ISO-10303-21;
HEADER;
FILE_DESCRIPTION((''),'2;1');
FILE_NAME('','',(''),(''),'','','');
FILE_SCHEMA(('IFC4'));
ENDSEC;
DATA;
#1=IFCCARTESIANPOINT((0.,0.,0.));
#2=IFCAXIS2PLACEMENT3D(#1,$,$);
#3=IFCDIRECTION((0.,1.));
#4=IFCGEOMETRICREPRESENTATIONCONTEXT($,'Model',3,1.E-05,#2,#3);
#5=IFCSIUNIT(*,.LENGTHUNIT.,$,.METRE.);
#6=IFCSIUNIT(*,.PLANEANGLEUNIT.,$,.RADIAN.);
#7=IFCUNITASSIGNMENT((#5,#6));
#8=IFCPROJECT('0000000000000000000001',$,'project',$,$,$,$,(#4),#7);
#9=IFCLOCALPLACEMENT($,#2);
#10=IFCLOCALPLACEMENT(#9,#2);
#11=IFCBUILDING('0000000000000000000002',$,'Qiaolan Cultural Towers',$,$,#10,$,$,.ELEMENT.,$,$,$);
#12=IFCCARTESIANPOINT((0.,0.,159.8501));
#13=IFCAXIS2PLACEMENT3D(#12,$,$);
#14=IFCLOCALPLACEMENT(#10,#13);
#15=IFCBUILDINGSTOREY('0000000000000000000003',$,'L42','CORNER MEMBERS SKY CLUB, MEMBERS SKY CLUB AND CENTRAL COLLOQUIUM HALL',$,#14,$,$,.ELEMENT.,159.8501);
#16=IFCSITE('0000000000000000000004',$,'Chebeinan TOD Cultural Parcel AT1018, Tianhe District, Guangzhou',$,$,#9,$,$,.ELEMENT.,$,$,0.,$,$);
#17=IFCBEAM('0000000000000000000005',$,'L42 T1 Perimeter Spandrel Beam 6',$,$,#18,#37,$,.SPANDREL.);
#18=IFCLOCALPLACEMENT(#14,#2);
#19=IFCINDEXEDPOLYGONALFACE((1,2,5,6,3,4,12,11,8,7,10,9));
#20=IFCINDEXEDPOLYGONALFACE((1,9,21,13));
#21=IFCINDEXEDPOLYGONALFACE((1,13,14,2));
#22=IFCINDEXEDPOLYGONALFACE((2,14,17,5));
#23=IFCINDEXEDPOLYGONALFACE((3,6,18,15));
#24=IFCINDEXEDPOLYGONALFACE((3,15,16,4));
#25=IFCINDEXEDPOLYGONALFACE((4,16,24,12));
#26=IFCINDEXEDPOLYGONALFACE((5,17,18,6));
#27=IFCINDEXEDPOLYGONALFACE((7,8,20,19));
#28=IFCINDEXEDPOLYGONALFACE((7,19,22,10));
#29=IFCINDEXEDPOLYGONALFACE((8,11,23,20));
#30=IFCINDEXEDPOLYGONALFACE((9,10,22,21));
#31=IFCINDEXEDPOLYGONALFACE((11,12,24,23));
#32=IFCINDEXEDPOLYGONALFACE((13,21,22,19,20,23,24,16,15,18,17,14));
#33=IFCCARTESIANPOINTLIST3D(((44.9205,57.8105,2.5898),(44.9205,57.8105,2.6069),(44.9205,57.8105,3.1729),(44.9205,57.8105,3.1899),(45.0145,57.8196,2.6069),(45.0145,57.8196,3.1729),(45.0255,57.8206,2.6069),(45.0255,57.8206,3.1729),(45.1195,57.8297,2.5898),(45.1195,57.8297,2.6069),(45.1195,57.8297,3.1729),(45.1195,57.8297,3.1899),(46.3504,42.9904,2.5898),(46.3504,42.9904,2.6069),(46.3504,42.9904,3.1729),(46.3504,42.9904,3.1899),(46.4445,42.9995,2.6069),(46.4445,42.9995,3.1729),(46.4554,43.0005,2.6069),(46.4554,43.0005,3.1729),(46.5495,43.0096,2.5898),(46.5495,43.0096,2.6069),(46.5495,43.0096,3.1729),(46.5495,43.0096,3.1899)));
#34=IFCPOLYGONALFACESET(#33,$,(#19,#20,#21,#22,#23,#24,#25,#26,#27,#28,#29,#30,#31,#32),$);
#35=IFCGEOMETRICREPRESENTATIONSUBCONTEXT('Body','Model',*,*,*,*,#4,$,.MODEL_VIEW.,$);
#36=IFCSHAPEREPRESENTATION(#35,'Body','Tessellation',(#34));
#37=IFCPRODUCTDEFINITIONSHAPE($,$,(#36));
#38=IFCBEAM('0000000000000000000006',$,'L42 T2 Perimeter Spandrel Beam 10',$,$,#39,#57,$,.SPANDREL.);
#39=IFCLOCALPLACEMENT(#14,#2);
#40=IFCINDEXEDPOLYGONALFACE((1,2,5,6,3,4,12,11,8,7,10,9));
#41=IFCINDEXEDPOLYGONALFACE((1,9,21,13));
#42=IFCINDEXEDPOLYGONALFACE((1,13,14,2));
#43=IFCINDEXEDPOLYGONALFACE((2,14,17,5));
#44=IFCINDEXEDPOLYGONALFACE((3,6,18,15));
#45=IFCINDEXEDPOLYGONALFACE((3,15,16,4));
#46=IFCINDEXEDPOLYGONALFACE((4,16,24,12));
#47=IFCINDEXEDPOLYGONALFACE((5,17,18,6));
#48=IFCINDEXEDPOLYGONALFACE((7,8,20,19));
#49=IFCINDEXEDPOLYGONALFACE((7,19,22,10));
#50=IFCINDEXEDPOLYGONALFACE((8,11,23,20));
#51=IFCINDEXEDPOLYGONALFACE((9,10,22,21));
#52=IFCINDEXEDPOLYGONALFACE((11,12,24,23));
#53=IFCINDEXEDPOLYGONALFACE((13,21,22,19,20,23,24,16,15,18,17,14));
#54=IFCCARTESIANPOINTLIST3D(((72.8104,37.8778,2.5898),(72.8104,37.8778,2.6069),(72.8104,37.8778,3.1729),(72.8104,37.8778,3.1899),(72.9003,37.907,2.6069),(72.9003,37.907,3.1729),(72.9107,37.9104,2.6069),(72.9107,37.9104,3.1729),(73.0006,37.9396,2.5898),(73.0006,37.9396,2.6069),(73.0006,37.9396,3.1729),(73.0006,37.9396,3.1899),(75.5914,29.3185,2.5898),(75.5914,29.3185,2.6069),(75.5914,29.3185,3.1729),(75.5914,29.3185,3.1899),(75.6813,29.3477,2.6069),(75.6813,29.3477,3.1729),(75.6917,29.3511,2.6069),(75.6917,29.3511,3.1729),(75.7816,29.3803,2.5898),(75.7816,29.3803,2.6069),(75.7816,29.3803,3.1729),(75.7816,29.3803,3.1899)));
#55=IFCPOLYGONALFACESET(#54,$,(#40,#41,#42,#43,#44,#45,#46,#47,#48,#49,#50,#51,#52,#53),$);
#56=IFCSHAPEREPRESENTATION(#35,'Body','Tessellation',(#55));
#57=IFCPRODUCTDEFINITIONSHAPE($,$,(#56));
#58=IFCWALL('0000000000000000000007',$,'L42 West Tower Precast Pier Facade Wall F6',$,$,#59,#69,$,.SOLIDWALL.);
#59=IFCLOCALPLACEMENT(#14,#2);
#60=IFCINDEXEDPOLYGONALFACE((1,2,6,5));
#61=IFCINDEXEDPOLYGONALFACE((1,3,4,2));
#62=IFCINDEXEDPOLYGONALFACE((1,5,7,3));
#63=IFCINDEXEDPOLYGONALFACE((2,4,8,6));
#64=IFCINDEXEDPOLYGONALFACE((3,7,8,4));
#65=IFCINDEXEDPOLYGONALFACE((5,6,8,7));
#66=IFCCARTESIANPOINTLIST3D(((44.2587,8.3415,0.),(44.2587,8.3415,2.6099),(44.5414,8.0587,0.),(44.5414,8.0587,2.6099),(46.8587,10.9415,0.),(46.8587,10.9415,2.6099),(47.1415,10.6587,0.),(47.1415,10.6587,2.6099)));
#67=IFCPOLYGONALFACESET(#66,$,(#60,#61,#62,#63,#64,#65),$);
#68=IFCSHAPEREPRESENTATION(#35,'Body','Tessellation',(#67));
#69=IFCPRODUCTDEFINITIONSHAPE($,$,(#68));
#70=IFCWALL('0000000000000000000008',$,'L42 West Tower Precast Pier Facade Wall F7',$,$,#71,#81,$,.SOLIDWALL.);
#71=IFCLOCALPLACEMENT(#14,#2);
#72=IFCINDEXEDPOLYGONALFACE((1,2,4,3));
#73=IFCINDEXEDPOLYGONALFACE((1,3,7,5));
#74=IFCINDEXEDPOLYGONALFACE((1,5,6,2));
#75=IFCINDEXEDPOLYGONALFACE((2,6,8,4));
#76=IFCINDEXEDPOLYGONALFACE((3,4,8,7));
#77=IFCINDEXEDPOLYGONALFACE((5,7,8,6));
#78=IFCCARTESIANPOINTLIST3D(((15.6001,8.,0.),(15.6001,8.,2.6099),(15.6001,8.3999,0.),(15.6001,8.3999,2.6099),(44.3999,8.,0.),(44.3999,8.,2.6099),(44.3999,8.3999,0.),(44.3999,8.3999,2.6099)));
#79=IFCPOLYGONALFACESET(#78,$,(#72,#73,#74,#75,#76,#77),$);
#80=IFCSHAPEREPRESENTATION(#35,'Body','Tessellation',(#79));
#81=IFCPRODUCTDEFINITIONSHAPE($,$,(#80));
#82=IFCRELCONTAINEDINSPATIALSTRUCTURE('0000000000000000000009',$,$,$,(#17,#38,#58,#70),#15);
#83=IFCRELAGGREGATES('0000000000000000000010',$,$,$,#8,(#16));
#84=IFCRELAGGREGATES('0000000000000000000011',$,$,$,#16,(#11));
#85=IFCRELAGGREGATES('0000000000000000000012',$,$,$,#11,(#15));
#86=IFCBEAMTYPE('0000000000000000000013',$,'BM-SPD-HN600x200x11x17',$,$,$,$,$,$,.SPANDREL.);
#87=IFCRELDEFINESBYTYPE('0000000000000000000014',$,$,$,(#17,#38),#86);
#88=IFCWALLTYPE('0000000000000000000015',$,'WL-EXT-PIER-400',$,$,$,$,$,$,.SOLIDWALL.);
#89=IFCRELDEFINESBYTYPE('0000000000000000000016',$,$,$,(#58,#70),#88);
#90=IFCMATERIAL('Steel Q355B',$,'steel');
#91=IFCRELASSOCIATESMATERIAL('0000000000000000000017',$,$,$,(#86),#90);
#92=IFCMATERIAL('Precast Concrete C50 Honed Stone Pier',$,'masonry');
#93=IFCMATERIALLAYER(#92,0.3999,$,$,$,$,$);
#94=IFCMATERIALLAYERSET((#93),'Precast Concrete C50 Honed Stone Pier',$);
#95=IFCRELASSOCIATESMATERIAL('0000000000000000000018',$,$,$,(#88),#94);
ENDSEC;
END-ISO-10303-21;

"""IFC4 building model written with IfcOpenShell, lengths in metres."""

from ifc_helpers import new_model, si_unit, direction, frame, frame_2d, origin, origin_2d, place, context, subcontext, project, spatial, rectangle, i_section, extrude, material, layer, layer_set, material_profile, profile_set, type_object, element, save


model = new_model("IFC4")

# Units and contexts
model_context = context("Model", 3, precision=1e-05, world=origin(), true_north=direction((0.0, 1.0)))
body_context = subcontext(model_context, "Body", "Model", "MODEL_VIEW")
ifc_project = project(units=[si_unit("LENGTHUNIT", "METRE"), si_unit("PLANEANGLEUNIT", "RADIAN")], contexts=[model_context])

# Site, building, storey
site_placement = place(None, origin())
site = spatial("IfcSite", under=ifc_project, at=site_placement, Name="Chebeinan TOD Cultural Parcel AT1018, Tianhe District, Guangzhou", CompositionType="ELEMENT", RefElevation=0.0)
building_placement = place(site_placement, origin())
building = spatial("IfcBuilding", under=site, at=building_placement, Name="Qiaolan Cultural Towers", CompositionType="ELEMENT")
storey_placement = place(building_placement, frame((0.0, 0.0, 159.8501)))
storey = spatial("IfcBuildingStorey", under=building, at=storey_placement, Name="L42", Description="CORNER MEMBERS SKY CLUB, MEMBERS SKY CLUB AND CENTRAL COLLOQUIUM HALL", CompositionType="ELEMENT", Elevation=159.8501)

# Beams
ifc_material_1 = material(Name="Steel Q355B", Category="steel")
ifc_material_profile_1 = material_profile(ifc_material_1, i_section(OverallWidth=0.2, OverallDepth=0.6001, WebThickness=0.011, FlangeThickness=0.0171, at=origin_2d()), Name="HN600x200x11x17")
ifc_profile_set_1 = profile_set([ifc_material_profile_1], Name="Steel Q355B")
beam_type_1 = type_object("IfcBeamType", Name="BM-SPD-HN600x200x11x17", PredefinedType="SPANDREL", material=ifc_profile_set_1)
beam_1_placement = place(storey_placement, frame((46.45, 43.0, 2.8899), z_axis=(-0.09604, 0.995377, 0.0), x_axis=(-0.995377, -0.09604, 0.0)))
element("IfcBeam", 1, at=beam_1_placement, inside=storey, type_object=beam_type_1, Name="L42 T1 Perimeter Spandrel Beam 6", PredefinedType="SPANDREL", context=body_context, shape_type="SweptSolid", body=[
    extrude(i_section(OverallWidth=0.2, OverallDepth=0.6001, WebThickness=0.011, FlangeThickness=0.0171, at=origin_2d()), origin(), (0.0, 0.0, 1.0), 14.8889),
])
beam_2_placement = place(storey_placement, frame((72.9055, 37.9087, 2.8899), z_axis=(0.309008, -0.951059, 0.0), x_axis=(0.951059, 0.309008, 0.0)))
element("IfcBeam", 2, at=beam_2_placement, inside=storey, type_object=beam_type_1, Name="L42 T2 Perimeter Spandrel Beam 10", PredefinedType="SPANDREL", context=body_context, shape_type="SweptSolid", body=[
    extrude(i_section(OverallWidth=0.2, OverallDepth=0.6001, WebThickness=0.011, FlangeThickness=0.0171, at=origin_2d()), origin(), (0.0, 0.0, 1.0), 8.9998),
])

# Walls
ifc_material_2 = material(Name="Precast Concrete C50 Honed Stone Pier", Category="masonry")
ifc_layer_1 = layer(ifc_material_2, 0.3999)
ifc_layer_set_1 = layer_set([ifc_layer_1], Name="Precast Concrete C50 Honed Stone Pier")
wall_type_1 = type_object("IfcWallType", Name="WL-EXT-PIER-400", PredefinedType="SOLIDWALL", material=ifc_layer_set_1)
wall_1_placement = place(storey_placement, frame((47.0, 10.8, 0.0), z_axis=(0.0, 0.0, 1.0), x_axis=(-0.707107, -0.707107, 0.0)))
element("IfcWall", 3, at=wall_1_placement, inside=storey, type_object=wall_type_1, Name="L42 West Tower Precast Pier Facade Wall F6", PredefinedType="SOLIDWALL", context=body_context, shape_type="SweptSolid", body=[
    extrude(rectangle(XDim=3.677, YDim=0.3999, at=frame_2d((1.8384, 0.0))), origin(), (0.0, 0.0, 1.0), 2.6099),
])
wall_2_placement = place(storey_placement, frame((44.3999, 8.2, 0.0), z_axis=(0.0, 0.0, 1.0), x_axis=(-1.0, 0.0, 0.0)))
element("IfcWall", 4, at=wall_2_placement, inside=storey, type_object=wall_type_1, Name="L42 West Tower Precast Pier Facade Wall F7", PredefinedType="SOLIDWALL", context=body_context, shape_type="SweptSolid", body=[
    extrude(rectangle(XDim=28.7998, YDim=0.3999, at=frame_2d((14.3999, 0.0))), origin(), (0.0, 0.0, 1.0), 2.6099),
])

save(model, "model.ifc")
